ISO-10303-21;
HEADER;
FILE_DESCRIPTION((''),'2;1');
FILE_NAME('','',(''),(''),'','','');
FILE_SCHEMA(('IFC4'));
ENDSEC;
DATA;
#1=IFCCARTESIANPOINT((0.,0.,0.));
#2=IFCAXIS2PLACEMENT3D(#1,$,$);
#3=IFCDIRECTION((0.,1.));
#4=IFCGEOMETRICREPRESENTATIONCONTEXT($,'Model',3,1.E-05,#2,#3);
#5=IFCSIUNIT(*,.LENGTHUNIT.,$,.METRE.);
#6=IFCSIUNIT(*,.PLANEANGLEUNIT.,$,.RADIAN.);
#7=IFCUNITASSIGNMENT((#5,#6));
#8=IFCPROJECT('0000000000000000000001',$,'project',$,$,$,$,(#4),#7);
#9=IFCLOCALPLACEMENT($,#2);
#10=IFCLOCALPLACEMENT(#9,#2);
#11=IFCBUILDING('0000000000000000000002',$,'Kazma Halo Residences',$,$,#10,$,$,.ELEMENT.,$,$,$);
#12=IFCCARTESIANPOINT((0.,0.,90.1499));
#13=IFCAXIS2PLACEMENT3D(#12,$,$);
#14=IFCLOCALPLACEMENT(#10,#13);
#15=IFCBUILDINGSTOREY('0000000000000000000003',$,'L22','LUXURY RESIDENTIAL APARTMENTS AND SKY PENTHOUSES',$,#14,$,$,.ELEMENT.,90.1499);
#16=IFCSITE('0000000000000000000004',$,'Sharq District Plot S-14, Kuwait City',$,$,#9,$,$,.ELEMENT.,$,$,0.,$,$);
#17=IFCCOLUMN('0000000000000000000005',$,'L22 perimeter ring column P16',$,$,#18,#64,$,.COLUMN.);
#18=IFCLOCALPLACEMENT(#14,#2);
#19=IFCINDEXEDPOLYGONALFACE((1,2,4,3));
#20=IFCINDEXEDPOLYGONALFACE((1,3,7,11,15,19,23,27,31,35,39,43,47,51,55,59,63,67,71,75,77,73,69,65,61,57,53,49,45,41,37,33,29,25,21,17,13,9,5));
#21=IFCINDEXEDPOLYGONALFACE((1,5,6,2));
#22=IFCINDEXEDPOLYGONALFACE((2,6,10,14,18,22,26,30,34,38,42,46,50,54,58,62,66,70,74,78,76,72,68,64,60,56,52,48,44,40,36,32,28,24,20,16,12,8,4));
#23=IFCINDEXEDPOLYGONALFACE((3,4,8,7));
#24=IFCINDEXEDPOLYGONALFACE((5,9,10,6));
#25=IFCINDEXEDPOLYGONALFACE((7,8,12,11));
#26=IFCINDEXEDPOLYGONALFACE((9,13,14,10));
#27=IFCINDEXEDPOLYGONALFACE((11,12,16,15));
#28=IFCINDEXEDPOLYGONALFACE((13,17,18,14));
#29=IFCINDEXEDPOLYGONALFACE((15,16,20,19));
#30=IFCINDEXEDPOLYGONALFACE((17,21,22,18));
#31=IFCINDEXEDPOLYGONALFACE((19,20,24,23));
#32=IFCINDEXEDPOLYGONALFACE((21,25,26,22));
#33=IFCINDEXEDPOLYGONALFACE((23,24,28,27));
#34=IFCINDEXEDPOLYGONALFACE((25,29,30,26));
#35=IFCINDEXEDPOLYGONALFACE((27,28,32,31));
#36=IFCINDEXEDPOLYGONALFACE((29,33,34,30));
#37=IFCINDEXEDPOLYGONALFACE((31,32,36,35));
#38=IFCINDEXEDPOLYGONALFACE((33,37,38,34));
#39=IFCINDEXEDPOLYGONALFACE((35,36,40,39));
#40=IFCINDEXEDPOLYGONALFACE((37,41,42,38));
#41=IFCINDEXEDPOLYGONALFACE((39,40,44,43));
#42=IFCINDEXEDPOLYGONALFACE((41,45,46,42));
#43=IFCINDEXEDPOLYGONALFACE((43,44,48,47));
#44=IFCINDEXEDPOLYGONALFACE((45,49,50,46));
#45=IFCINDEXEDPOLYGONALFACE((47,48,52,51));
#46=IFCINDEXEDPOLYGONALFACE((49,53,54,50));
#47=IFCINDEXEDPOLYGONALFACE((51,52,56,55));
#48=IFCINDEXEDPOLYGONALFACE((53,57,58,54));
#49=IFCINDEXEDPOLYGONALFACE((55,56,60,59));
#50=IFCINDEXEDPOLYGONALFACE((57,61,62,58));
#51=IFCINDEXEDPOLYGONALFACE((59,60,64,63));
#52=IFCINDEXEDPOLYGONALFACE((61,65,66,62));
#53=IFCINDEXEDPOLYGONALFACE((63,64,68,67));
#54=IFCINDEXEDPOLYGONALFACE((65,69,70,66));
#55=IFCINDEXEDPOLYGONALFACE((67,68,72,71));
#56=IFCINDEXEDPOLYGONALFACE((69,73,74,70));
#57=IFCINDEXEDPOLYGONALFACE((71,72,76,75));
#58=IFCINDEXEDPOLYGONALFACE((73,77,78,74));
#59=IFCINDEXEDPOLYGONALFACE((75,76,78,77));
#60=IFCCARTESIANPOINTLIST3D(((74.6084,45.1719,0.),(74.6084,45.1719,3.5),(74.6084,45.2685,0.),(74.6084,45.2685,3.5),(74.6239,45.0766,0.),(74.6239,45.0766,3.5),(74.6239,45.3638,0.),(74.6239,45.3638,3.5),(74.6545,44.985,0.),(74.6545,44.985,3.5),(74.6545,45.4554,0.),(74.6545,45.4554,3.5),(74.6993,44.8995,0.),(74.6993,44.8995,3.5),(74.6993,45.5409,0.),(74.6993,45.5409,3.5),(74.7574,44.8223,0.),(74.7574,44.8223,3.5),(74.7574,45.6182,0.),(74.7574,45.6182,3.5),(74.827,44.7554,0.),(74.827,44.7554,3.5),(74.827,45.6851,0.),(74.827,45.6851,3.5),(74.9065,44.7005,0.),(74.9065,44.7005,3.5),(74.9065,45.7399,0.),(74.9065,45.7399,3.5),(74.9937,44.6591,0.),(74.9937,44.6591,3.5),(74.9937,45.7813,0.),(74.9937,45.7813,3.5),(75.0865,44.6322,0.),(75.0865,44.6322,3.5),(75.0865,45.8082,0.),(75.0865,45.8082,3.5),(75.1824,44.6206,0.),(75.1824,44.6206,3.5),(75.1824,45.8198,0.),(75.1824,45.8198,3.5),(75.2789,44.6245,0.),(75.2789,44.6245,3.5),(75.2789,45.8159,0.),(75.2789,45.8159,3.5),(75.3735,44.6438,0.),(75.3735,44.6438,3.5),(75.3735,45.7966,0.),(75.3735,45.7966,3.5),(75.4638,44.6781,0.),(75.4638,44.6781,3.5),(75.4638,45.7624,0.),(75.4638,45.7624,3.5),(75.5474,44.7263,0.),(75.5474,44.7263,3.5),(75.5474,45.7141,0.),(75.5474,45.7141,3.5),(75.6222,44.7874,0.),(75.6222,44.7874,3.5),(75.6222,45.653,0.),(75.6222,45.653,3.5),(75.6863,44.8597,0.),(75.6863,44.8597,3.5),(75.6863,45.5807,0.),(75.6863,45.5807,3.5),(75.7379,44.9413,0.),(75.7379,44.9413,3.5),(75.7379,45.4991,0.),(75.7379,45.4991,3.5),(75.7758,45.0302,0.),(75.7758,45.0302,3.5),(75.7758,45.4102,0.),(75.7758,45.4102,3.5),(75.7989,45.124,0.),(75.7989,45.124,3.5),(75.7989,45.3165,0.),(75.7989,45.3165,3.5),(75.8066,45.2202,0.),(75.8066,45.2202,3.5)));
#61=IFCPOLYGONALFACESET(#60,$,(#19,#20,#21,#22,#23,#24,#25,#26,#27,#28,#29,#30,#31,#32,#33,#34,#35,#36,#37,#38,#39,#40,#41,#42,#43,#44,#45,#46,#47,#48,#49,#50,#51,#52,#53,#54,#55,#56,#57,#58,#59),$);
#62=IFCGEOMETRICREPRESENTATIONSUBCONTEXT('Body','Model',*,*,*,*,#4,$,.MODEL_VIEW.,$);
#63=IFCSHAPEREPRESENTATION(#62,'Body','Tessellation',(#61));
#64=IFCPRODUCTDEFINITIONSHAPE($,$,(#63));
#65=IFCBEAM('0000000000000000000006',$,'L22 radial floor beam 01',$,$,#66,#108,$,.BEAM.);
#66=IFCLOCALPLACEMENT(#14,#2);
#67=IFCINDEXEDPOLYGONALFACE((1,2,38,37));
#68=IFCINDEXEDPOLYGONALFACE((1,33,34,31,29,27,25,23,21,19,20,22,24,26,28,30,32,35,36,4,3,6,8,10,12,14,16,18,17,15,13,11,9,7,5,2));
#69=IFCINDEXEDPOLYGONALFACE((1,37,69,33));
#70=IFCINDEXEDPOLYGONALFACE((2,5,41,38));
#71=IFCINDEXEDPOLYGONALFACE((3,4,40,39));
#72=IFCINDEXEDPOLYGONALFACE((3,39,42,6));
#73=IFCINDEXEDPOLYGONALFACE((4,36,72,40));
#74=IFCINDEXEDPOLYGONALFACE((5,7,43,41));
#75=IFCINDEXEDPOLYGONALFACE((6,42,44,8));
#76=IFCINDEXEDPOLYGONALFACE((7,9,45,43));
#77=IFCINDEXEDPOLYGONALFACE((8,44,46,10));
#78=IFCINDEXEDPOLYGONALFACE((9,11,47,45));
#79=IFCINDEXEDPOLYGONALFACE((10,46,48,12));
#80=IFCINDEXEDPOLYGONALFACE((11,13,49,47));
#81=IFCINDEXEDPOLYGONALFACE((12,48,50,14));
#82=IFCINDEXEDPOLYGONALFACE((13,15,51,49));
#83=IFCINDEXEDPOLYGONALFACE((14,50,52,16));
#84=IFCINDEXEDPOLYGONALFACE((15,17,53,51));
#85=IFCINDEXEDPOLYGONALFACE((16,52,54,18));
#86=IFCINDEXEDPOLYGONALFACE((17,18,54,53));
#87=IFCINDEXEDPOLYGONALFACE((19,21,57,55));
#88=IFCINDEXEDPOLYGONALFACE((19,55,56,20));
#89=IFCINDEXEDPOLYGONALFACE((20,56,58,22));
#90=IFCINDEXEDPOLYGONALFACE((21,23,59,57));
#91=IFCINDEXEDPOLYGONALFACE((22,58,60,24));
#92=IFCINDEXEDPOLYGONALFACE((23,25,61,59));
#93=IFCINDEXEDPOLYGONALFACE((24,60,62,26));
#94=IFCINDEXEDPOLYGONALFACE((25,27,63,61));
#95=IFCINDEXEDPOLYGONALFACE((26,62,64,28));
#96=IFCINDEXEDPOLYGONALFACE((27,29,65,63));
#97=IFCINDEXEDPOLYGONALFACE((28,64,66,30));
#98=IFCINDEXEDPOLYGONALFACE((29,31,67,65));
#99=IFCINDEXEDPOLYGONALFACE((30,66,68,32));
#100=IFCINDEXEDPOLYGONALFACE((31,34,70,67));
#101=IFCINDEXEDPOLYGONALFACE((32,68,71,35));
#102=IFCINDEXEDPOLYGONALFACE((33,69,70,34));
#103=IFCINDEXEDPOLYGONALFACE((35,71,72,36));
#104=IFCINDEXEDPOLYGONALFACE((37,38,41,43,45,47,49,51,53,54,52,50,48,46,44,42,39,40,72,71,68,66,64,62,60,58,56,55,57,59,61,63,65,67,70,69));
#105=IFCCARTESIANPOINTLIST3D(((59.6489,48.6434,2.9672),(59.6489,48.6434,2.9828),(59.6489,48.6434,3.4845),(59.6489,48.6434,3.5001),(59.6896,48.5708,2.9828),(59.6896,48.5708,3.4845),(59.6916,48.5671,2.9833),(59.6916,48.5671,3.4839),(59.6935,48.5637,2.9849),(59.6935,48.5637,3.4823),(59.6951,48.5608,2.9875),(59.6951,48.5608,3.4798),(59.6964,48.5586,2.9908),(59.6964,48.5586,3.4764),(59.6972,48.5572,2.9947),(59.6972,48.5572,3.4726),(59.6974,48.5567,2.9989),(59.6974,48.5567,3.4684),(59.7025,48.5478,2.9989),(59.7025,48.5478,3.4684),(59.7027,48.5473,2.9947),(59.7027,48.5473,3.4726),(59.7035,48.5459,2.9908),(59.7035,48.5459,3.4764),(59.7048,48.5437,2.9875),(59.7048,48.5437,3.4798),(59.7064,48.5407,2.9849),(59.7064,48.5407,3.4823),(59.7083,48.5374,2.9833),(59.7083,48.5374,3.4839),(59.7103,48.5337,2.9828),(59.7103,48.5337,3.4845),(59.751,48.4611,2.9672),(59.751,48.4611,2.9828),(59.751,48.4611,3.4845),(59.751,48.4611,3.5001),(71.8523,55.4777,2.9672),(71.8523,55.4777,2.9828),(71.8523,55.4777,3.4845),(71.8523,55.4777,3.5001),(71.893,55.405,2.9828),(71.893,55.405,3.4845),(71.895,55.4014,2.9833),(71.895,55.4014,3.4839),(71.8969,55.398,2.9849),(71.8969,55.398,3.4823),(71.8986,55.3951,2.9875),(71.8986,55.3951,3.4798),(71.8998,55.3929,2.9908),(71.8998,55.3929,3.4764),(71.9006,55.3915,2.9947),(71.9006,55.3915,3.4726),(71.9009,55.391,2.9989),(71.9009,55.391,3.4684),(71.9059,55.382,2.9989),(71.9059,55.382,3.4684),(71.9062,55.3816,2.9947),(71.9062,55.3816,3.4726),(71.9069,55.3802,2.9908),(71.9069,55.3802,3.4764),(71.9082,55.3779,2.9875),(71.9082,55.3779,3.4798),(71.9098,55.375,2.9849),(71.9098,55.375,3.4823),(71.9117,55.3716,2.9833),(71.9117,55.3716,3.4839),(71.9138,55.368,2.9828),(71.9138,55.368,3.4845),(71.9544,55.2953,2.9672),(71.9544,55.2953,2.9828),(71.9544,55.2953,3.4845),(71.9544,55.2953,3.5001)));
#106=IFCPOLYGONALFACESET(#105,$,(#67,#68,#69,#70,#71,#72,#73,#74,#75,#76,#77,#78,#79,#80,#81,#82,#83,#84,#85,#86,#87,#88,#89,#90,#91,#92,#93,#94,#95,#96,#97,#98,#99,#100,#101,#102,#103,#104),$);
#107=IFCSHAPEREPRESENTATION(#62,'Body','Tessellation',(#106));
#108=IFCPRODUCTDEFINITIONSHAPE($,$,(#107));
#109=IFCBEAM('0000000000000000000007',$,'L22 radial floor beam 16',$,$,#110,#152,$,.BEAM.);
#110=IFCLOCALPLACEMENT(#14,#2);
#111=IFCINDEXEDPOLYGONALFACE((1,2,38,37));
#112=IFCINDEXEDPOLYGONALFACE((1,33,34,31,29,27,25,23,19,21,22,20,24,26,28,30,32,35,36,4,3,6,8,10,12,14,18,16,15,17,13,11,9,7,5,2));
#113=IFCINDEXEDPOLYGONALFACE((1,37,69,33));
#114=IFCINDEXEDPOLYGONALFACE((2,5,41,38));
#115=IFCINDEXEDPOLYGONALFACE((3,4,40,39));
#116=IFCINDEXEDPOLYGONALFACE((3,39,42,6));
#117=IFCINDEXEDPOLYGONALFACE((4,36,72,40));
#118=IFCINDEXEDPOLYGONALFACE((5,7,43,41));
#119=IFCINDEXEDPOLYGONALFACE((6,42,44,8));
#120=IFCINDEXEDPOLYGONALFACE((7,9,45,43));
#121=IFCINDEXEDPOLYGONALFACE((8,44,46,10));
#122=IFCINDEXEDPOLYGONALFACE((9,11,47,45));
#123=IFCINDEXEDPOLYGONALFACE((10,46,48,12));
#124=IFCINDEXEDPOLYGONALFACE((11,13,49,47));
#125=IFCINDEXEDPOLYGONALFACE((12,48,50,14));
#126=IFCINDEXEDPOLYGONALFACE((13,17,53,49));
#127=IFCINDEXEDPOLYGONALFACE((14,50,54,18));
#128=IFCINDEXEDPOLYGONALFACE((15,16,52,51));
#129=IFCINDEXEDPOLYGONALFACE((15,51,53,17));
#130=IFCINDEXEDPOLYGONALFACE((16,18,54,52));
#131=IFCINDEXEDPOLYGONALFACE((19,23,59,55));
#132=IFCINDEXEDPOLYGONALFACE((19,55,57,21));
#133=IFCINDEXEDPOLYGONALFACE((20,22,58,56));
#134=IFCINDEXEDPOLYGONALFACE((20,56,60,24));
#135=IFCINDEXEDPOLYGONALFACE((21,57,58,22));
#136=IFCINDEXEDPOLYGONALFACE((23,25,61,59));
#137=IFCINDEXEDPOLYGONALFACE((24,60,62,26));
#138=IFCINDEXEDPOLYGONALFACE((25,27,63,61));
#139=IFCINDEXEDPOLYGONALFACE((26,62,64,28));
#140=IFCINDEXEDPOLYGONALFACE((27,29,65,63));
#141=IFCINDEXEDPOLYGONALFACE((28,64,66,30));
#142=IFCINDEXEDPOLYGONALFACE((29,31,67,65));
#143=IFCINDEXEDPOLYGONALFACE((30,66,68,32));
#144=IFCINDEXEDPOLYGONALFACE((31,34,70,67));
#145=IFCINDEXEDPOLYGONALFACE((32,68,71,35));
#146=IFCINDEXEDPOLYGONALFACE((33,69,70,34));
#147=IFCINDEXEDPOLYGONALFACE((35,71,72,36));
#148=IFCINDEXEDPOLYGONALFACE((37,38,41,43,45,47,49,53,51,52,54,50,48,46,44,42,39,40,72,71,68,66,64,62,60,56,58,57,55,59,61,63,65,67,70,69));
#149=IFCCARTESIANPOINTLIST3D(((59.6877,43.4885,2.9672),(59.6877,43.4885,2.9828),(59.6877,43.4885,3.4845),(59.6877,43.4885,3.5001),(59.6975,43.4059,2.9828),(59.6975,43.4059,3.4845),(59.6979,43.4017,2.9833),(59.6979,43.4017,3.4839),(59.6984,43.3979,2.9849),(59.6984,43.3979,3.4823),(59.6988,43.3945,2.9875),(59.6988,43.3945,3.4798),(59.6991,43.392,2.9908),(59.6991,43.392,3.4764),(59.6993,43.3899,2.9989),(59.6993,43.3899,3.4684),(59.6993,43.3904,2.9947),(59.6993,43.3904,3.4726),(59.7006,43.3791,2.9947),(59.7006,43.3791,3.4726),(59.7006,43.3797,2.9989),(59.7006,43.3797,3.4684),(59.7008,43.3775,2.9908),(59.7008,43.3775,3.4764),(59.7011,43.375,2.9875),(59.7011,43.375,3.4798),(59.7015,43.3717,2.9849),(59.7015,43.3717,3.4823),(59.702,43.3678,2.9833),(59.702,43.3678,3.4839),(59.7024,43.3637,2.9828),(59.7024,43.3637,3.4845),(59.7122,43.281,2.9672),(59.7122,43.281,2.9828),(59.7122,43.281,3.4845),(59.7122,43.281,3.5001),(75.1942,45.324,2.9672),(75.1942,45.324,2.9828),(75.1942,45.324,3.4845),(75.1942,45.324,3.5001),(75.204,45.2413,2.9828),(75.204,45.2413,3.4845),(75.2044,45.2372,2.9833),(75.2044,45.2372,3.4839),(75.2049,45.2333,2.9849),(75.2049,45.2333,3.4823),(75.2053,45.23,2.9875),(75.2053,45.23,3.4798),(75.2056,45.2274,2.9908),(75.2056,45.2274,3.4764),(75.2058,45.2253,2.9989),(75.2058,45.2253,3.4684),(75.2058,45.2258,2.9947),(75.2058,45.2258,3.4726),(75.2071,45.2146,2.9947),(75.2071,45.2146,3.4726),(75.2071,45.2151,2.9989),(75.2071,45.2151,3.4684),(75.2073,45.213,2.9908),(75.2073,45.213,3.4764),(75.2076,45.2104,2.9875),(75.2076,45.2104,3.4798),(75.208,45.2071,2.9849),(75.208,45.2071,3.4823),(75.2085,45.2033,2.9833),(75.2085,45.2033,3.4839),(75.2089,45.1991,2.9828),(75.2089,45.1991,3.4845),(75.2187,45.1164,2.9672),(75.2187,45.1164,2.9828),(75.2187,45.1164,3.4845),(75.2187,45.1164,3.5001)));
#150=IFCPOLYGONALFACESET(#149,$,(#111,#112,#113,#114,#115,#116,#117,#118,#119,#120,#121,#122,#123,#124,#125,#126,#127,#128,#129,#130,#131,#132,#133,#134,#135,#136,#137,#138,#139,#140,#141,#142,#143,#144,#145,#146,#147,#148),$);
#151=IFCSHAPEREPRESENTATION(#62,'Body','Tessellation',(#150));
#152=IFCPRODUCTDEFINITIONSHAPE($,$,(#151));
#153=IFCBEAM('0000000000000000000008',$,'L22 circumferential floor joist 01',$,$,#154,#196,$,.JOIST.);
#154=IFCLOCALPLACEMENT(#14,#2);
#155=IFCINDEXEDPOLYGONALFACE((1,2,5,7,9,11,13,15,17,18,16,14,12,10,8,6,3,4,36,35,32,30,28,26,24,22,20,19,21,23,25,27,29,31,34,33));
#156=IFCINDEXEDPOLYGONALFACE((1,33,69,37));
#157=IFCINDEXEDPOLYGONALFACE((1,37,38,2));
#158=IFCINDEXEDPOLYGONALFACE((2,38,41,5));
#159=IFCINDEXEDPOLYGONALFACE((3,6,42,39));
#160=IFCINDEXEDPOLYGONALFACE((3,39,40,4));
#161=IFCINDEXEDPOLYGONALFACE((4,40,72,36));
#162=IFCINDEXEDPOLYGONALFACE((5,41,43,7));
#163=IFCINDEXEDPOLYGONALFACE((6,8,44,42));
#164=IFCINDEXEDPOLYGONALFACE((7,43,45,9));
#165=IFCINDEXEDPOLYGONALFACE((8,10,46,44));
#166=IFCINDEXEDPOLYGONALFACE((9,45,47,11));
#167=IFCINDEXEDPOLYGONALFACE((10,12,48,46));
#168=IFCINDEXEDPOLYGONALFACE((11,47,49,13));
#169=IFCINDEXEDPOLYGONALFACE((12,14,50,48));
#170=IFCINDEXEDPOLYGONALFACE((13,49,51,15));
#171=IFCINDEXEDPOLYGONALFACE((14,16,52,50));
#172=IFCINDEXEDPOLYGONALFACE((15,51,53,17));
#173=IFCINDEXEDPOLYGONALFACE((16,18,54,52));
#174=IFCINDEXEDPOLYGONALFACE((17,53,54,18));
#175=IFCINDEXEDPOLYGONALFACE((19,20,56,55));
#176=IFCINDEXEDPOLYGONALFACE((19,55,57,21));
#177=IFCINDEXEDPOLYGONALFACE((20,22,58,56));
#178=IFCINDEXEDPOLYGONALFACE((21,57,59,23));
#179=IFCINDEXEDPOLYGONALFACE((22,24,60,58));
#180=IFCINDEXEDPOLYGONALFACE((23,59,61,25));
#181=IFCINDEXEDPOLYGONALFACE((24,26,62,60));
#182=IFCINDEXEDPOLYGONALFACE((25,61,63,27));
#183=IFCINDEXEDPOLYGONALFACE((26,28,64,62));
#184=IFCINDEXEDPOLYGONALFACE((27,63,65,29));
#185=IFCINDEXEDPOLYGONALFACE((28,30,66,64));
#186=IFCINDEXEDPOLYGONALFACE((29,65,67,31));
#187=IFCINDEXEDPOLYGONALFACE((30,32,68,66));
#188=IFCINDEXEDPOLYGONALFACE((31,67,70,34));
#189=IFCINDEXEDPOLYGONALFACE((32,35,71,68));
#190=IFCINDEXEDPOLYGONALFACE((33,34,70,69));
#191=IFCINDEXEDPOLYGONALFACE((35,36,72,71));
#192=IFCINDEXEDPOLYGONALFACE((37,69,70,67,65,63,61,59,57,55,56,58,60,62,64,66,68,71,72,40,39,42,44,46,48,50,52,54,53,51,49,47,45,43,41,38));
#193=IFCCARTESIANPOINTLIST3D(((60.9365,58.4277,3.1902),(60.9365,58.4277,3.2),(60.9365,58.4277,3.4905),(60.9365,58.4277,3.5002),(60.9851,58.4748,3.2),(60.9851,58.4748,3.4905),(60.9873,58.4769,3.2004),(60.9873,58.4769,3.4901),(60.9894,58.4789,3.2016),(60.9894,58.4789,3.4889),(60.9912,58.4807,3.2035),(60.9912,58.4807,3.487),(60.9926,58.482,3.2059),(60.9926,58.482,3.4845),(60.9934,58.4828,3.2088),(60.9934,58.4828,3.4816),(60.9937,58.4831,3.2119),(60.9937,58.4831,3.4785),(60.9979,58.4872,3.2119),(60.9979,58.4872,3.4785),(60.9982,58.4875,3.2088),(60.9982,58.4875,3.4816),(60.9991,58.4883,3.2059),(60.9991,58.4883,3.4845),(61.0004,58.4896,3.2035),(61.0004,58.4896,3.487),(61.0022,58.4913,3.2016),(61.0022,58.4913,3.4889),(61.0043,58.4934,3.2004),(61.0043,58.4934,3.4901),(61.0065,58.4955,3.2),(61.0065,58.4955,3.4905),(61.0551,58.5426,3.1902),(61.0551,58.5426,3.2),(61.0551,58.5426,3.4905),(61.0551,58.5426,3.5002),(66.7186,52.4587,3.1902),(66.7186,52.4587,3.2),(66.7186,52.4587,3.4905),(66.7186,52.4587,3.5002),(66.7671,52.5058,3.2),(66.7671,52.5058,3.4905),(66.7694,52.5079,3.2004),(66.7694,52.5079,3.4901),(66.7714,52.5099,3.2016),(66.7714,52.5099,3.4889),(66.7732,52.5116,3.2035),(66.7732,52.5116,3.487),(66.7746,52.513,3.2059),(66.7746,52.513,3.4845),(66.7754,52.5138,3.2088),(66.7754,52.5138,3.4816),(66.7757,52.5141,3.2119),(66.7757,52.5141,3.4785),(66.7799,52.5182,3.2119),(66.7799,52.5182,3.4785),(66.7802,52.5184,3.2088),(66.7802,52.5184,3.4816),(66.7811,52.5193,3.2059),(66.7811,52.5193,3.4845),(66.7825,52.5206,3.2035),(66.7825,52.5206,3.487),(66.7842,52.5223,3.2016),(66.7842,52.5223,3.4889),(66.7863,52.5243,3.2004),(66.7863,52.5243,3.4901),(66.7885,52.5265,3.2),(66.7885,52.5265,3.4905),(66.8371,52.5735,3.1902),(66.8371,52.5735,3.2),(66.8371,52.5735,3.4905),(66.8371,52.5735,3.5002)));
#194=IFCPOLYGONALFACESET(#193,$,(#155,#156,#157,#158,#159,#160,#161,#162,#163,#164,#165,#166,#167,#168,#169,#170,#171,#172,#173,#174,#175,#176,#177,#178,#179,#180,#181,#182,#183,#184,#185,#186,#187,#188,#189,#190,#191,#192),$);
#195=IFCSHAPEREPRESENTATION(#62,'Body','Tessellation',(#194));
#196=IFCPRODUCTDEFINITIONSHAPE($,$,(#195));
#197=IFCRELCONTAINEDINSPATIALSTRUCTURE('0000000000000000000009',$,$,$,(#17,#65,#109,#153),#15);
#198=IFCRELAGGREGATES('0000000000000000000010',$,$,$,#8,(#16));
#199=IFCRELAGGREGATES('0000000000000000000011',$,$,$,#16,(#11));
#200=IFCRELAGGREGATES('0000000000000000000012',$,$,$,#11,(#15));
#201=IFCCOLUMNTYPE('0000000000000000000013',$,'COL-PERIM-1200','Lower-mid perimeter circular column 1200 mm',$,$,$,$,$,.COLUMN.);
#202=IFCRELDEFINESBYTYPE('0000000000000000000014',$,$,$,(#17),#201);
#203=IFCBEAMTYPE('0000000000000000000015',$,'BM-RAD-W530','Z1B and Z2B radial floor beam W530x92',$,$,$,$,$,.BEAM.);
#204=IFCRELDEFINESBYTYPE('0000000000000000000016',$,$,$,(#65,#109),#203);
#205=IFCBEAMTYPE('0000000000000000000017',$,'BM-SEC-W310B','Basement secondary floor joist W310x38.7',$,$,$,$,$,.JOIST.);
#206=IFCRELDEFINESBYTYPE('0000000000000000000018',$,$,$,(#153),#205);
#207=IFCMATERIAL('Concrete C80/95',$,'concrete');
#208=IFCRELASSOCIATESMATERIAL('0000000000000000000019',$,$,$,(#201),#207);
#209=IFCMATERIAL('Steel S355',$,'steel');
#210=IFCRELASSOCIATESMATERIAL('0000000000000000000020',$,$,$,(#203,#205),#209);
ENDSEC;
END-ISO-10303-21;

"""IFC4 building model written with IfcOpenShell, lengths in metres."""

from ifc_helpers import new_model, si_unit, direction, frame, origin, origin_2d, place, context, subcontext, project, spatial, circle, i_section, extrude, material, material_profile, profile_set, type_object, element, save


model = new_model("IFC4")

# Units and contexts
model_context = context("Model", 3, precision=1e-05, world=origin(), true_north=direction((0.0, 1.0)))
body_context = subcontext(model_context, "Body", "Model", "MODEL_VIEW")
ifc_project = project(units=[si_unit("LENGTHUNIT", "METRE"), si_unit("PLANEANGLEUNIT", "RADIAN")], contexts=[model_context])

# Site, building, storey
site_placement = place(None, origin())
site = spatial("IfcSite", under=ifc_project, at=site_placement, Name="Sharq District Plot S-14, Kuwait City", CompositionType="ELEMENT", RefElevation=0.0)
building_placement = place(site_placement, origin())
building = spatial("IfcBuilding", under=site, at=building_placement, Name="Kazma Halo Residences", CompositionType="ELEMENT")
storey_placement = place(building_placement, frame((0.0, 0.0, 90.1499)))
storey = spatial("IfcBuildingStorey", under=building, at=storey_placement, Name="L22", Description="LUXURY RESIDENTIAL APARTMENTS AND SKY PENTHOUSES", CompositionType="ELEMENT", Elevation=90.1499)

# Column
ifc_material_1 = material(Name="Concrete C80/95", Category="concrete")
ifc_material_profile_1 = material_profile(ifc_material_1, circle(Radius=0.6001, at=origin_2d()), Name="CIRC1200")
ifc_profile_set_1 = profile_set([ifc_material_profile_1], Name="Concrete C80/95")
column_type = type_object("IfcColumnType", Name="COL-PERIM-1200", Description="Lower-mid perimeter circular column 1200 mm", PredefinedType="COLUMN", material=ifc_profile_set_1)
column_placement = place(storey_placement, frame((75.2065, 45.2202, 0.0), z_axis=(0.0, 0.0, 1.0), x_axis=(1.0, 0.0, 0.0)))
element("IfcColumn", 1, at=column_placement, inside=storey, type_object=column_type, Name="L22 perimeter ring column P16", PredefinedType="COLUMN", context=body_context, shape_type="SweptSolid", body=[
    extrude(circle(Radius=0.6001, at=origin_2d()), origin(), (0.0, 0.0, 1.0), 3.5),
])

# Beams
ifc_material_2 = material(Name="Steel S355", Category="steel")
ifc_material_profile_2 = material_profile(ifc_material_2, i_section(OverallWidth=0.209, OverallDepth=0.533, WebThickness=0.0103, FlangeThickness=0.0156, FilletRadius=0.0161, at=origin_2d()), Name="W530x92")
ifc_profile_set_2 = profile_set([ifc_material_profile_2], Name="Steel S355")
beam_type_1 = type_object("IfcBeamType", Name="BM-RAD-W530", Description="Z1B and Z2B radial floor beam W530x92", PredefinedType="BEAM", material=ifc_profile_set_2)
beam_1_placement = place(storey_placement, frame((59.7, 48.5522, 3.2336), z_axis=(0.872496, 0.488622, 0.0), x_axis=(-0.488622, 0.872496, 0.0)))
element("IfcBeam", 2, at=beam_1_placement, inside=storey, type_object=beam_type_1, Name="L22 radial floor beam 01", PredefinedType="BEAM", context=body_context, shape_type="SweptSolid", body=[
    extrude(i_section(OverallWidth=0.209, OverallDepth=0.533, WebThickness=0.0103, FlangeThickness=0.0156, FilletRadius=0.0161, at=origin_2d()), origin(), (0.0, 0.0, 1.0), 13.9868),
])
beam_2_placement = place(storey_placement, frame((59.7, 43.3848, 3.2336), z_axis=(0.993068, 0.117545, 0.0), x_axis=(-0.117545, 0.993068, 0.0)))
element("IfcBeam", 3, at=beam_2_placement, inside=storey, type_object=beam_type_1, Name="L22 radial floor beam 16", PredefinedType="BEAM", context=body_context, shape_type="SweptSolid", body=[
    extrude(i_section(OverallWidth=0.209, OverallDepth=0.533, WebThickness=0.0103, FlangeThickness=0.0156, FilletRadius=0.0161, at=origin_2d()), origin(), (0.0, 0.0, 1.0), 15.6147),
])
ifc_material_profile_3 = material_profile(ifc_material_2, i_section(OverallWidth=0.165, OverallDepth=0.3101, WebThickness=0.0059, FlangeThickness=0.0098, FilletRadius=0.012, at=origin_2d()), Name="W310x38.7")
ifc_profile_set_3 = profile_set([ifc_material_profile_3], Name="Steel S355")
beam_type_2 = type_object("IfcBeamType", Name="BM-SEC-W310B", Description="Basement secondary floor joist W310x38.7", PredefinedType="JOIST", material=ifc_profile_set_3)
beam_3_placement = place(storey_placement, frame((66.7778, 52.5161, 3.3452), z_axis=(-0.695765, 0.718269, 0.0), x_axis=(-0.718269, -0.695765, 0.0)))
element("IfcBeam", 4, at=beam_3_placement, inside=storey, type_object=beam_type_2, Name="L22 circumferential floor joist 01", PredefinedType="JOIST", context=body_context, shape_type="SweptSolid", body=[
    extrude(i_section(OverallWidth=0.165, OverallDepth=0.3101, WebThickness=0.0059, FlangeThickness=0.0098, FilletRadius=0.012, at=origin_2d()), origin(), (0.0, 0.0, 1.0), 8.3103),
])

save(model, "model.ifc")
